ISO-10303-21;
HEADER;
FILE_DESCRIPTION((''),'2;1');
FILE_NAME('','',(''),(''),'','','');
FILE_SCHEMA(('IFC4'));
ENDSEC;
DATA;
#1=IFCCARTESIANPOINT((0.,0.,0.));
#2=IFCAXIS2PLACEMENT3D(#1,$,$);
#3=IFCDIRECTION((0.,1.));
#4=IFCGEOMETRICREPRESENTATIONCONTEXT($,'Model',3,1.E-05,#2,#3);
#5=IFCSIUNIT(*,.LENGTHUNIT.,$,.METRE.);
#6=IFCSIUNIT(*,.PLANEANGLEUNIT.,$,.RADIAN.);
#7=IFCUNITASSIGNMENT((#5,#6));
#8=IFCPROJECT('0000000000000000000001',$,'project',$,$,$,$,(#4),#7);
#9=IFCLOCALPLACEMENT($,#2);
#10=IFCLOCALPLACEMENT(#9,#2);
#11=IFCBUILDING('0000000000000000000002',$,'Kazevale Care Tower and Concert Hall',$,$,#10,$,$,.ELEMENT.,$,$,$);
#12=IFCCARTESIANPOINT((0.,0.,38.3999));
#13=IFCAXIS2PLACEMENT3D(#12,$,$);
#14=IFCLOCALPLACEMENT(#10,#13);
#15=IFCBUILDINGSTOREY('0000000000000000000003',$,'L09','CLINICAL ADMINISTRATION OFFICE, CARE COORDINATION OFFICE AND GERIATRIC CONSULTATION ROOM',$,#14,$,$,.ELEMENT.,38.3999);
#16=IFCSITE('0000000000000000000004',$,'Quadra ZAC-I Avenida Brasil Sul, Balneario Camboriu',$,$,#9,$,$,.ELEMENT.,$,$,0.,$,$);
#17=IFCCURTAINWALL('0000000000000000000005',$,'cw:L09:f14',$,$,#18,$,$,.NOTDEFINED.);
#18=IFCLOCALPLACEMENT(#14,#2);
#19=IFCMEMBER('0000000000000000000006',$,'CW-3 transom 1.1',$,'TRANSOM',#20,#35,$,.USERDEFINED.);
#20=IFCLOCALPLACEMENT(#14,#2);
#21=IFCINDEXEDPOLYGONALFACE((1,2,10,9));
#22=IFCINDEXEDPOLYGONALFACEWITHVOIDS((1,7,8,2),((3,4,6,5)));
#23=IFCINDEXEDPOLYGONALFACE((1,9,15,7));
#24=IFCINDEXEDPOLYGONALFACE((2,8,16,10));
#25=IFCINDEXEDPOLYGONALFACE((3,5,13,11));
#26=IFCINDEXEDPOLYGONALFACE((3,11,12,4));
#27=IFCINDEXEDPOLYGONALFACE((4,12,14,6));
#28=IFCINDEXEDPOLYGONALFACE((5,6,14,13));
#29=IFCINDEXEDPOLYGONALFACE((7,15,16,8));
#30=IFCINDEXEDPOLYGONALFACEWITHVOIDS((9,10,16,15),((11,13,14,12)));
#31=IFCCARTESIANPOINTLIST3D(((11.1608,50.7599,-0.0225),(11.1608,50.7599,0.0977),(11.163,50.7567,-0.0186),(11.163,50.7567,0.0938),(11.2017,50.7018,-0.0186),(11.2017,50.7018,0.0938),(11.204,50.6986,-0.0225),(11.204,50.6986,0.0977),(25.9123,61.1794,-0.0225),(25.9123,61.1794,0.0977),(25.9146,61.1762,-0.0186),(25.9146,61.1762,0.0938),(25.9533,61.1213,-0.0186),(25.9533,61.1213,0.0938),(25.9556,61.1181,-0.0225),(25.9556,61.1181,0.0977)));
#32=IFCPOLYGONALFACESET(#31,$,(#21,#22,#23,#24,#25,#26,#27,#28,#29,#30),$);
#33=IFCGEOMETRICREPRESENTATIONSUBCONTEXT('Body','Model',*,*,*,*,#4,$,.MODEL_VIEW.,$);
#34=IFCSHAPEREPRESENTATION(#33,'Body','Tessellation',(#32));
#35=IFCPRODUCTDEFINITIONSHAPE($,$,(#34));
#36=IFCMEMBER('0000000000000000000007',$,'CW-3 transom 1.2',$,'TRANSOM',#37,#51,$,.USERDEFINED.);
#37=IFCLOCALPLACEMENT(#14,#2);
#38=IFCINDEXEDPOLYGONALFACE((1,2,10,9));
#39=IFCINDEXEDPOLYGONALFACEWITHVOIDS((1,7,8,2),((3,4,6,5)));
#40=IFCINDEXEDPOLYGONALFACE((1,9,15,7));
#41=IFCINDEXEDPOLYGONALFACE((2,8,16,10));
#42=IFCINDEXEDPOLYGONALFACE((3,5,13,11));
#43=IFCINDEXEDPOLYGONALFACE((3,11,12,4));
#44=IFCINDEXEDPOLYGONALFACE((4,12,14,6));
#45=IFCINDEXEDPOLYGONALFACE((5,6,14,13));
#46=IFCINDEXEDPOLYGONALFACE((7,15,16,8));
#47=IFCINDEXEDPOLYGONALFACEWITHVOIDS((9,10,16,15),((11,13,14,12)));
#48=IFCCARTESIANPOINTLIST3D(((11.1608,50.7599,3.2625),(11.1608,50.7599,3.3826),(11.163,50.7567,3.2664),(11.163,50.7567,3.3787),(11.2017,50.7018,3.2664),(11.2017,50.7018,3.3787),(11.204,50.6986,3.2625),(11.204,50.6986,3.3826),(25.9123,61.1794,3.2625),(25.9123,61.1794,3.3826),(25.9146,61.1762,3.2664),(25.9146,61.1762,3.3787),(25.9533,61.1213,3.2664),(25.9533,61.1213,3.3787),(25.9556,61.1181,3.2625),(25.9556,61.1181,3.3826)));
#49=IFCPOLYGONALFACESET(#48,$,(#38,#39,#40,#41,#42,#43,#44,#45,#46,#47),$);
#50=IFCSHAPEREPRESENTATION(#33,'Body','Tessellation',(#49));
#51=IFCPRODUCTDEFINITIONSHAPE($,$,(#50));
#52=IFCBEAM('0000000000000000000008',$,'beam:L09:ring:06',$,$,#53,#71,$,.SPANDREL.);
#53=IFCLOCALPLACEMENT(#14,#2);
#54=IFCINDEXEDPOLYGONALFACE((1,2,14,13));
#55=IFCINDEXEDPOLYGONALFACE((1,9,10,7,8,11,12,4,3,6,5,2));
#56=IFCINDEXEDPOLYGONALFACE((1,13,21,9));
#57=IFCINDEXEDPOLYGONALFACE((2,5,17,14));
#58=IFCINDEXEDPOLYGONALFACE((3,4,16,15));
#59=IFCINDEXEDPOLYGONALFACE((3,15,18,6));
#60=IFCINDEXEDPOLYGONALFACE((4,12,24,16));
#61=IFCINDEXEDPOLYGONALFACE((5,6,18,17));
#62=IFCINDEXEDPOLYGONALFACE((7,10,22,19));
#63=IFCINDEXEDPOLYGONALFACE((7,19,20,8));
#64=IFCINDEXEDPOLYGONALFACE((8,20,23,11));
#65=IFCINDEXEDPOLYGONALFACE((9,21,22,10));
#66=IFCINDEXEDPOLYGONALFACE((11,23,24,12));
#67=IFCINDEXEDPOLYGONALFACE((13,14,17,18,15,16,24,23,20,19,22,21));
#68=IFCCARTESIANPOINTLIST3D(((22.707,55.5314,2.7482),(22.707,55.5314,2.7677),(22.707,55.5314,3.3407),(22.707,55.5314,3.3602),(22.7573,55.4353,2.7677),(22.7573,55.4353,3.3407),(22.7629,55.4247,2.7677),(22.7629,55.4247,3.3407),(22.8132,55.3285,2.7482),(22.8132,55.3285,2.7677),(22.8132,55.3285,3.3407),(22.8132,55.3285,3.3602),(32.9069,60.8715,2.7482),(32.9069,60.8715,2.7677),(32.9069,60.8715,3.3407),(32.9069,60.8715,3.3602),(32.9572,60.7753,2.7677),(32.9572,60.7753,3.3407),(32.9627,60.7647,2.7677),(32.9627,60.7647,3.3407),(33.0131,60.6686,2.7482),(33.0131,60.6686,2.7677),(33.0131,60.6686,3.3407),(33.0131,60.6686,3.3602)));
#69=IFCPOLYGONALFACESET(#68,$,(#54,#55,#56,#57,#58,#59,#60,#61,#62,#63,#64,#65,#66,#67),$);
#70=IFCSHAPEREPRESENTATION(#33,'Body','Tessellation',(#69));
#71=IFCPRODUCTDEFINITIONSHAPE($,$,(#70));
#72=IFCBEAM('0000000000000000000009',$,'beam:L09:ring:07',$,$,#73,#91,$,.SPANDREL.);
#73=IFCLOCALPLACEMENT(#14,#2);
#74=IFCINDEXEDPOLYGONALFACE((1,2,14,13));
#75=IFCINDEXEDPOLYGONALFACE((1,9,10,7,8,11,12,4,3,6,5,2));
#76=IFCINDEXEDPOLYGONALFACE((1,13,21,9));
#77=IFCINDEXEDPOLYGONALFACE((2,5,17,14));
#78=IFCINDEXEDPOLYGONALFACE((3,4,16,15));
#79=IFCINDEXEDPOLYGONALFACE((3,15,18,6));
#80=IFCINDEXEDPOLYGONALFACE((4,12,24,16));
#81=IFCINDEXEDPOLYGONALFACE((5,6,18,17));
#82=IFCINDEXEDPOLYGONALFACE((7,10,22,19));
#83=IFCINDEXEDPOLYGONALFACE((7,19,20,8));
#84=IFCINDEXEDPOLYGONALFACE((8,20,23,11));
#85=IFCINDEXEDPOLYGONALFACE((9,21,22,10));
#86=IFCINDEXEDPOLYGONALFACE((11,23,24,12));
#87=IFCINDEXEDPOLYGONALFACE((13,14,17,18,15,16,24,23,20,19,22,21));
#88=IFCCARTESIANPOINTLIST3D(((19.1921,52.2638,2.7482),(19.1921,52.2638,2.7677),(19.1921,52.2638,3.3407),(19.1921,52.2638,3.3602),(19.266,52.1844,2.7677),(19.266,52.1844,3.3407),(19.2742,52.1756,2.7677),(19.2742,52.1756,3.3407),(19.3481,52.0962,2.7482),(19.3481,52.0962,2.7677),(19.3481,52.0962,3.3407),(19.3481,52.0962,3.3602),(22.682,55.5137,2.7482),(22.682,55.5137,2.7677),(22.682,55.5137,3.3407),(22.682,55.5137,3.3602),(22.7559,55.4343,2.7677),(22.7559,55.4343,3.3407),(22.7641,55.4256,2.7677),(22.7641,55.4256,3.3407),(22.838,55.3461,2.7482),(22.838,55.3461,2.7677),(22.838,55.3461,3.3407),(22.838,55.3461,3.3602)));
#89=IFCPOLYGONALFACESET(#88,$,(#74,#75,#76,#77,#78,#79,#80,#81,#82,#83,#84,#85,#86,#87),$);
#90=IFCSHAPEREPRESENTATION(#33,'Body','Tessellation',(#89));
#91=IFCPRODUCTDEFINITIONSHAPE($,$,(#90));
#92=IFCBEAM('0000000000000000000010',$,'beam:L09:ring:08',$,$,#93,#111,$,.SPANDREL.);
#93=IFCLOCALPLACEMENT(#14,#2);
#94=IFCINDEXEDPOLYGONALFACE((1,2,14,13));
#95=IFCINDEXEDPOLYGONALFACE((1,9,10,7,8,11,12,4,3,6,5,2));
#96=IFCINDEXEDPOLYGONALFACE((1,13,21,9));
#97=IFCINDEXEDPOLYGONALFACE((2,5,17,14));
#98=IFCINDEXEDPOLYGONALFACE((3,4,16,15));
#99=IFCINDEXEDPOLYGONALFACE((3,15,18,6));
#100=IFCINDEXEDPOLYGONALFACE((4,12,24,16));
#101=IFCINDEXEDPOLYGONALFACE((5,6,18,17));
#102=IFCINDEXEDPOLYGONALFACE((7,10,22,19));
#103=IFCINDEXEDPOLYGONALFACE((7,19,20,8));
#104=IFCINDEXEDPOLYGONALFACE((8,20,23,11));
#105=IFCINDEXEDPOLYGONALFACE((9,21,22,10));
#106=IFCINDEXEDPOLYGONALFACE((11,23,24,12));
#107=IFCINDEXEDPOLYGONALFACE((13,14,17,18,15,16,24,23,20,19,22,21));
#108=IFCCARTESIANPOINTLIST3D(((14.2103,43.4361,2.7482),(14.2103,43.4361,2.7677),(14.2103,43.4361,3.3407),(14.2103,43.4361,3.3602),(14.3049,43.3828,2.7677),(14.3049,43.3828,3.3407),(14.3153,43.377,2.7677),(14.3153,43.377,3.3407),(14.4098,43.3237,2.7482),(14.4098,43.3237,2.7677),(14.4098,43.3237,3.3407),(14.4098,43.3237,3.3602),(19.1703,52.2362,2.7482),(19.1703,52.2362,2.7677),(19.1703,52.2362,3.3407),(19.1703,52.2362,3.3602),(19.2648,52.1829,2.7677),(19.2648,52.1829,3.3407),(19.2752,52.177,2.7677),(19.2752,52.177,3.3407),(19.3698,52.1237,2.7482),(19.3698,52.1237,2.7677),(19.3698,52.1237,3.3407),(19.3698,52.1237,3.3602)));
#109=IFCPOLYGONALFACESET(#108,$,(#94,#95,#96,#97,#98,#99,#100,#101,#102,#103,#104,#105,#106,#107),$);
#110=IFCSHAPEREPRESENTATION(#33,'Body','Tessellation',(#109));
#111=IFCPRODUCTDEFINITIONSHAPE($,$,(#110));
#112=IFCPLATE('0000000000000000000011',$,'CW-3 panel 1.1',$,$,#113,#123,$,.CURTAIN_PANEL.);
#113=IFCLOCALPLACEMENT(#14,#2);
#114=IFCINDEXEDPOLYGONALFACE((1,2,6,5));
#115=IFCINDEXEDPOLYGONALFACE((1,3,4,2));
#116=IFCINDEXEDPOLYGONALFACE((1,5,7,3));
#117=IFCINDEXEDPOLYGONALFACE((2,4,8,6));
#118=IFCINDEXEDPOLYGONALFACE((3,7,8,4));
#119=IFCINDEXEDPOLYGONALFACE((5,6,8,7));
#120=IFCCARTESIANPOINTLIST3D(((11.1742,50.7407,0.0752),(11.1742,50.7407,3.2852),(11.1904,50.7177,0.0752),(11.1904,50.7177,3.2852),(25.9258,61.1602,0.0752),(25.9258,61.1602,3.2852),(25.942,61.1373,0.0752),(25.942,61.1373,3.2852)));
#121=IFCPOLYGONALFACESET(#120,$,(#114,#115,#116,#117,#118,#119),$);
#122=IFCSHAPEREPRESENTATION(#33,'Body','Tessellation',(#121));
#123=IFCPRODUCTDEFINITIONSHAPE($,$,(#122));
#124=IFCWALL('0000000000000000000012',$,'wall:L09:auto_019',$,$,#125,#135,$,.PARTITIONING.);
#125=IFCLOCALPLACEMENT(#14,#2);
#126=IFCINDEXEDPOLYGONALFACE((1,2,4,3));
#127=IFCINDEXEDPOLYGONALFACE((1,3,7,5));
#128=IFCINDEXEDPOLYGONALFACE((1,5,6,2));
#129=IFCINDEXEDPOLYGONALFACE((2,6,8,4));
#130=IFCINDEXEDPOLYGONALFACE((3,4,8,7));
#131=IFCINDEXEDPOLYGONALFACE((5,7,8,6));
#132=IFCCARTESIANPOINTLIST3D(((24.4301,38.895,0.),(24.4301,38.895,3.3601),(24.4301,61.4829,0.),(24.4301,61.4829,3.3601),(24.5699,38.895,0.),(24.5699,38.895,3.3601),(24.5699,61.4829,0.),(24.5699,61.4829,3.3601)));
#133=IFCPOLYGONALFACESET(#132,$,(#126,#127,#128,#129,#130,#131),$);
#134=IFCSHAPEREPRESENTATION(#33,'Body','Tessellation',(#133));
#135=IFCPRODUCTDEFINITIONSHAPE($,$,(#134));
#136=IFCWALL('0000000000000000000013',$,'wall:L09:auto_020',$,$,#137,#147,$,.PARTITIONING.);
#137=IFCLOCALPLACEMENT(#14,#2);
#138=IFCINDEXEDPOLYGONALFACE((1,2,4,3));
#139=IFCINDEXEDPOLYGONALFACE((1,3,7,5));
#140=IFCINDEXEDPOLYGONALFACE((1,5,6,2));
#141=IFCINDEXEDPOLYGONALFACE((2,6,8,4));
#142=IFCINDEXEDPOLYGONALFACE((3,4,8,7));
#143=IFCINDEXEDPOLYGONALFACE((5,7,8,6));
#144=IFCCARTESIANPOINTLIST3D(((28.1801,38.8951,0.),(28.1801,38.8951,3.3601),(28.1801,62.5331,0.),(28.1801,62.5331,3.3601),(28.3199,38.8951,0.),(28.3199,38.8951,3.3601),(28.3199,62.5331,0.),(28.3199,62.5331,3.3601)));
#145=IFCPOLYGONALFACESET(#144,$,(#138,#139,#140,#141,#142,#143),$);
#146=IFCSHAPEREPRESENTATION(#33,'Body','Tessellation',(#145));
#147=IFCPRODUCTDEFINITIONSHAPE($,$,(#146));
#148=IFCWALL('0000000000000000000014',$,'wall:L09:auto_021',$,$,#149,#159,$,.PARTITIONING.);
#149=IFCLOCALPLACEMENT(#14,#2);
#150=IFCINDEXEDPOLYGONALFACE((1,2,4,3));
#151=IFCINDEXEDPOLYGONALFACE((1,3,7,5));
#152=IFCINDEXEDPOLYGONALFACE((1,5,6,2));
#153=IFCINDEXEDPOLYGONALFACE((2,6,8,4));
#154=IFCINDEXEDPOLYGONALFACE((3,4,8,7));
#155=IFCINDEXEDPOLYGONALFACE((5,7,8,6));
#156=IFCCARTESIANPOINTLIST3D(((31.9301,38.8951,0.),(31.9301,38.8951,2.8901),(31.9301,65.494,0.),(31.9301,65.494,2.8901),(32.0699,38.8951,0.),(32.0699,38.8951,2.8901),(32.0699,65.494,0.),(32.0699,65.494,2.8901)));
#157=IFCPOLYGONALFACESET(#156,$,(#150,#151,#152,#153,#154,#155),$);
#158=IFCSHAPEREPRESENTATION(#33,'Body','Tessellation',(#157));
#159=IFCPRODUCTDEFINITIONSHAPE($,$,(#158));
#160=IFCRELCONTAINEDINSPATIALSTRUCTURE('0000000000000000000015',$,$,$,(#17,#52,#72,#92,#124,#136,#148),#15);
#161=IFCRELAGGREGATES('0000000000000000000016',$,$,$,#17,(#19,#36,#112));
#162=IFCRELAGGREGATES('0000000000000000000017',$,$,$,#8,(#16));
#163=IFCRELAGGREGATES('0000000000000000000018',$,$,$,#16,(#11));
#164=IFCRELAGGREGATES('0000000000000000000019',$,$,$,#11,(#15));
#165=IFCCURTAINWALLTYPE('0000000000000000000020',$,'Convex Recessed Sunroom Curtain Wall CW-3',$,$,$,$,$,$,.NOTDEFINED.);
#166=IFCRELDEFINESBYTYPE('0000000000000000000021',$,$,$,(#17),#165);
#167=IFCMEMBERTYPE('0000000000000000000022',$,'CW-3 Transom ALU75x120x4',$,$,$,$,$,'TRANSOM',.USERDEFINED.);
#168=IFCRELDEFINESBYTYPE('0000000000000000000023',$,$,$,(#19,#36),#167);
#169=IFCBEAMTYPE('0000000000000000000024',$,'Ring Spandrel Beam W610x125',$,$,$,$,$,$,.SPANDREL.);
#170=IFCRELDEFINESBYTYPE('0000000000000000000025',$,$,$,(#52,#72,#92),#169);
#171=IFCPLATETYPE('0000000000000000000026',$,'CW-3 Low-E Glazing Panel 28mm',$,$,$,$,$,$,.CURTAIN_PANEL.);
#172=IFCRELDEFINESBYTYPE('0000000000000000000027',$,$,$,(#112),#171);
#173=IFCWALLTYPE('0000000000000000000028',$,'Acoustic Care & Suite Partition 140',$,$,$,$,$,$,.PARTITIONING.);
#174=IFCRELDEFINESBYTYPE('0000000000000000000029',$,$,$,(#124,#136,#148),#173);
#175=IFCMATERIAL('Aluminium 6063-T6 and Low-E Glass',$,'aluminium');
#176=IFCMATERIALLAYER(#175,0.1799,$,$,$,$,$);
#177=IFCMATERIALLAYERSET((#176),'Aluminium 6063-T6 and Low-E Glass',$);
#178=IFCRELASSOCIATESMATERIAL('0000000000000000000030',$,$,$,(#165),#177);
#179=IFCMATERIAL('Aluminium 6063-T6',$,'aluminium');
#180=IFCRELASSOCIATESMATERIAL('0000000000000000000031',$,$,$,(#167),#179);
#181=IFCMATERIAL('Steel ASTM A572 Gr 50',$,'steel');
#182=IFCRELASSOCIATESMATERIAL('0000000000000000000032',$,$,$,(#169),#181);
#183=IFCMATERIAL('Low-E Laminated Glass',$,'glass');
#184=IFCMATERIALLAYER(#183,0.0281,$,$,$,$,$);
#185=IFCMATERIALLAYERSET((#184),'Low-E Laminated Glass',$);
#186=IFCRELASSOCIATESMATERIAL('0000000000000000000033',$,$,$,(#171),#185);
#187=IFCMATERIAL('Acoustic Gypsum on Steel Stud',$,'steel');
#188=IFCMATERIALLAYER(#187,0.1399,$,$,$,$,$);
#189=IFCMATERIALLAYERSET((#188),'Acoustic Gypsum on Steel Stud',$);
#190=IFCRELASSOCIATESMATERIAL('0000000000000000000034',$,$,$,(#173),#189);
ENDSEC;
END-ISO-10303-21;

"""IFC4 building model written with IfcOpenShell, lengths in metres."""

from ifc_helpers import new_model, si_unit, direction, frame, frame_2d, origin, origin_2d, place, context, subcontext, project, spatial, rectangle, hollow_rectangle, i_section, extrude, material, layer, layer_set, material_profile, profile_set, type_object, element, aggregate, save


model = new_model("IFC4")

# Units and contexts
model_context = context("Model", 3, precision=1e-05, world=origin(), true_north=direction((0.0, 1.0)))
body_context = subcontext(model_context, "Body", "Model", "MODEL_VIEW")
ifc_project = project(units=[si_unit("LENGTHUNIT", "METRE"), si_unit("PLANEANGLEUNIT", "RADIAN")], contexts=[model_context])

# Site, building, storey
site_placement = place(None, origin())
site = spatial("IfcSite", under=ifc_project, at=site_placement, Name="Quadra ZAC-I Avenida Brasil Sul, Balneario Camboriu", CompositionType="ELEMENT", RefElevation=0.0)
building_placement = place(site_placement, origin())
building = spatial("IfcBuilding", under=site, at=building_placement, Name="Kazevale Care Tower and Concert Hall", CompositionType="ELEMENT")
storey_placement = place(building_placement, frame((0.0, 0.0, 38.3999)))
storey = spatial("IfcBuildingStorey", under=building, at=storey_placement, Name="L09", Description="CLINICAL ADMINISTRATION OFFICE, CARE COORDINATION OFFICE AND GERIATRIC CONSULTATION ROOM", CompositionType="ELEMENT", Elevation=38.3999)

# Curtain wall, members
ifc_material_1 = material(Name="Aluminium 6063-T6 and Low-E Glass", Category="aluminium")
ifc_layer_1 = layer(ifc_material_1, 0.1799)
ifc_layer_set_1 = layer_set([ifc_layer_1], Name="Aluminium 6063-T6 and Low-E Glass")
curtain_wall_type = type_object("IfcCurtainWallType", Name="Convex Recessed Sunroom Curtain Wall CW-3", PredefinedType="NOTDEFINED", material=ifc_layer_set_1)
curtain_wall_placement = place(storey_placement, origin())
curtain_wall = element("IfcCurtainWall", 1, at=curtain_wall_placement, inside=storey, type_object=curtain_wall_type, Name="cw:L09:f14", PredefinedType="NOTDEFINED")
ifc_material_2 = material(Name="Aluminium 6063-T6", Category="aluminium")
ifc_material_profile_1 = material_profile(ifc_material_2, hollow_rectangle(XDim=0.075, YDim=0.1201, WallThickness=0.0039, at=origin_2d()), Name="ALU75x120x4")
ifc_profile_set_1 = profile_set([ifc_material_profile_1], Name="Aluminium 6063-T6")
member_type_1 = type_object("IfcMemberType", Name="CW-3 Transom ALU75x120x4", ElementType="TRANSOM", PredefinedType="USERDEFINED", material=ifc_profile_set_1)
member_1_placement = place(storey_placement, frame((11.1824, 50.7292, 0.0376), z_axis=(0.816795, 0.576928, 0.0), x_axis=(-0.576928, 0.816795, 0.0)))
member_1 = element("IfcMember", 2, at=member_1_placement, type_object=member_type_1, Name="CW-3 transom 1.1", ObjectType="TRANSOM", PredefinedType="USERDEFINED", context=body_context, shape_type="SweptSolid", body=[
    extrude(hollow_rectangle(XDim=0.075, YDim=0.1201, WallThickness=0.0039, at=origin_2d()), origin(), (0.0, 0.0, 1.0), 18.0603),
])
member_2_placement = place(storey_placement, frame((11.1824, 50.7292, 3.3225), z_axis=(0.816795, 0.576928, 0.0), x_axis=(-0.576928, 0.816795, 0.0)))
member_2 = element("IfcMember", 3, at=member_2_placement, type_object=member_type_1, Name="CW-3 transom 1.2", ObjectType="TRANSOM", PredefinedType="USERDEFINED", context=body_context, shape_type="SweptSolid", body=[
    extrude(hollow_rectangle(XDim=0.075, YDim=0.1201, WallThickness=0.0039, at=origin_2d()), origin(), (0.0, 0.0, 1.0), 18.0603),
])

# Beams
ifc_material_3 = material(Name="Steel ASTM A572 Gr 50", Category="steel")
ifc_material_profile_2 = material_profile(ifc_material_3, i_section(OverallWidth=0.229, OverallDepth=0.6121, WebThickness=0.012, FlangeThickness=0.0195, at=origin_2d()), Name="W610x125")
ifc_profile_set_2 = profile_set([ifc_material_profile_2], Name="Steel ASTM A572 Gr 50")
beam_type = type_object("IfcBeamType", Name="Ring Spandrel Beam W610x125", PredefinedType="SPANDREL", material=ifc_profile_set_2)
beam_1_placement = place(storey_placement, frame((32.96, 60.77, 3.0542), z_axis=(-0.885929, -0.46382, 0.0), x_axis=(0.46382, -0.885929, 0.0)))
element("IfcBeam", 4, at=beam_1_placement, inside=storey, type_object=beam_type, Name="beam:L09:ring:06", PredefinedType="SPANDREL", context=body_context, shape_type="SweptSolid", body=[
    extrude(i_section(OverallWidth=0.229, OverallDepth=0.6121, WebThickness=0.012, FlangeThickness=0.0195, at=origin_2d()), origin(), (0.0, 0.0, 1.0), 11.5132),
])
beam_2_placement = place(storey_placement, frame((22.76, 55.4299, 3.0542), z_axis=(-0.731821, -0.681497, 0.0), x_axis=(0.681497, -0.731821, 0.0)))
element("IfcBeam", 5, at=beam_2_placement, inside=storey, type_object=beam_type, Name="beam:L09:ring:07", PredefinedType="SPANDREL", context=body_context, shape_type="SweptSolid", body=[
    extrude(i_section(OverallWidth=0.229, OverallDepth=0.6121, WebThickness=0.012, FlangeThickness=0.0195, at=origin_2d()), origin(), (0.0, 0.0, 1.0), 4.7688),
])
beam_3_placement = place(storey_placement, frame((19.27, 52.1799, 3.0542), z_axis=(-0.491008, -0.871155, 0.0), x_axis=(0.871155, -0.491008, 0.0)))
element("IfcBeam", 6, at=beam_3_placement, inside=storey, type_object=beam_type, Name="beam:L09:ring:08", PredefinedType="SPANDREL", context=body_context, shape_type="SweptSolid", body=[
    extrude(i_section(OverallWidth=0.229, OverallDepth=0.6121, WebThickness=0.012, FlangeThickness=0.0195, at=origin_2d()), origin(), (0.0, 0.0, 1.0), 10.1016),
])

# Plate
ifc_material_4 = material(Name="Low-E Laminated Glass", Category="glass")
ifc_layer_2 = layer(ifc_material_4, 0.0281)
ifc_layer_set_2 = layer_set([ifc_layer_2], Name="Low-E Laminated Glass")
plate_type = type_object("IfcPlateType", Name="CW-3 Low-E Glazing Panel 28mm", PredefinedType="CURTAIN_PANEL", material=ifc_layer_set_2)
plate_placement = place(storey_placement, frame((18.5581, 55.939, 0.0752), z_axis=(0.0, 0.0, 1.0), x_axis=(0.816794, 0.576929, 0.0)))
plate = element("IfcPlate", 7, at=plate_placement, type_object=plate_type, Name="CW-3 panel 1.1", PredefinedType="CURTAIN_PANEL", context=body_context, shape_type="SweptSolid", body=[
    extrude(rectangle(XDim=18.0603, YDim=0.0281, at=origin_2d()), origin(), (0.0, 0.0, 1.0), 3.21),
])
aggregate(curtain_wall, [member_1, member_2, plate])

# Walls
ifc_material_5 = material(Name="Acoustic Gypsum on Steel Stud", Category="steel")
ifc_layer_3 = layer(ifc_material_5, 0.1399)
ifc_layer_set_3 = layer_set([ifc_layer_3], Name="Acoustic Gypsum on Steel Stud")
wall_type_1 = type_object("IfcWallType", Name="Acoustic Care & Suite Partition 140", PredefinedType="PARTITIONING", material=ifc_layer_set_3)
wall_1_placement = place(storey_placement, frame((24.5, 61.4829, 0.0), z_axis=(0.0, 0.0, 1.0), x_axis=(0.0, -1.0, 0.0)))
element("IfcWall", 8, at=wall_1_placement, inside=storey, type_object=wall_type_1, Name="wall:L09:auto_019", PredefinedType="PARTITIONING", context=body_context, shape_type="SweptSolid", body=[
    extrude(rectangle(XDim=22.5879, YDim=0.1399, at=frame_2d((11.2939, 0.0))), origin(), (0.0, 0.0, 1.0), 3.3601),
])
wall_2_placement = place(storey_placement, frame((28.25, 62.533, 0.0), z_axis=(0.0, 0.0, 1.0), x_axis=(0.0, -1.0, 0.0)))
element("IfcWall", 9, at=wall_2_placement, inside=storey, type_object=wall_type_1, Name="wall:L09:auto_020", PredefinedType="PARTITIONING", context=body_context, shape_type="SweptSolid", body=[
    extrude(rectangle(XDim=23.6379, YDim=0.1399, at=frame_2d((11.8188, 0.0))), origin(), (0.0, 0.0, 1.0), 3.3601),
])
wall_3_placement = place(storey_placement, frame((32.0, 65.4939, 0.0), z_axis=(0.0, 0.0, 1.0), x_axis=(0.0, -1.0, 0.0)))
element("IfcWall", 10, at=wall_3_placement, inside=storey, type_object=wall_type_1, Name="wall:L09:auto_021", PredefinedType="PARTITIONING", context=body_context, shape_type="SweptSolid", body=[
    extrude(rectangle(XDim=26.5989, YDim=0.1399, at=frame_2d((13.2993, 0.0))), origin(), (0.0, 0.0, 1.0), 2.8901),
])

save(model, "model.ifc")
